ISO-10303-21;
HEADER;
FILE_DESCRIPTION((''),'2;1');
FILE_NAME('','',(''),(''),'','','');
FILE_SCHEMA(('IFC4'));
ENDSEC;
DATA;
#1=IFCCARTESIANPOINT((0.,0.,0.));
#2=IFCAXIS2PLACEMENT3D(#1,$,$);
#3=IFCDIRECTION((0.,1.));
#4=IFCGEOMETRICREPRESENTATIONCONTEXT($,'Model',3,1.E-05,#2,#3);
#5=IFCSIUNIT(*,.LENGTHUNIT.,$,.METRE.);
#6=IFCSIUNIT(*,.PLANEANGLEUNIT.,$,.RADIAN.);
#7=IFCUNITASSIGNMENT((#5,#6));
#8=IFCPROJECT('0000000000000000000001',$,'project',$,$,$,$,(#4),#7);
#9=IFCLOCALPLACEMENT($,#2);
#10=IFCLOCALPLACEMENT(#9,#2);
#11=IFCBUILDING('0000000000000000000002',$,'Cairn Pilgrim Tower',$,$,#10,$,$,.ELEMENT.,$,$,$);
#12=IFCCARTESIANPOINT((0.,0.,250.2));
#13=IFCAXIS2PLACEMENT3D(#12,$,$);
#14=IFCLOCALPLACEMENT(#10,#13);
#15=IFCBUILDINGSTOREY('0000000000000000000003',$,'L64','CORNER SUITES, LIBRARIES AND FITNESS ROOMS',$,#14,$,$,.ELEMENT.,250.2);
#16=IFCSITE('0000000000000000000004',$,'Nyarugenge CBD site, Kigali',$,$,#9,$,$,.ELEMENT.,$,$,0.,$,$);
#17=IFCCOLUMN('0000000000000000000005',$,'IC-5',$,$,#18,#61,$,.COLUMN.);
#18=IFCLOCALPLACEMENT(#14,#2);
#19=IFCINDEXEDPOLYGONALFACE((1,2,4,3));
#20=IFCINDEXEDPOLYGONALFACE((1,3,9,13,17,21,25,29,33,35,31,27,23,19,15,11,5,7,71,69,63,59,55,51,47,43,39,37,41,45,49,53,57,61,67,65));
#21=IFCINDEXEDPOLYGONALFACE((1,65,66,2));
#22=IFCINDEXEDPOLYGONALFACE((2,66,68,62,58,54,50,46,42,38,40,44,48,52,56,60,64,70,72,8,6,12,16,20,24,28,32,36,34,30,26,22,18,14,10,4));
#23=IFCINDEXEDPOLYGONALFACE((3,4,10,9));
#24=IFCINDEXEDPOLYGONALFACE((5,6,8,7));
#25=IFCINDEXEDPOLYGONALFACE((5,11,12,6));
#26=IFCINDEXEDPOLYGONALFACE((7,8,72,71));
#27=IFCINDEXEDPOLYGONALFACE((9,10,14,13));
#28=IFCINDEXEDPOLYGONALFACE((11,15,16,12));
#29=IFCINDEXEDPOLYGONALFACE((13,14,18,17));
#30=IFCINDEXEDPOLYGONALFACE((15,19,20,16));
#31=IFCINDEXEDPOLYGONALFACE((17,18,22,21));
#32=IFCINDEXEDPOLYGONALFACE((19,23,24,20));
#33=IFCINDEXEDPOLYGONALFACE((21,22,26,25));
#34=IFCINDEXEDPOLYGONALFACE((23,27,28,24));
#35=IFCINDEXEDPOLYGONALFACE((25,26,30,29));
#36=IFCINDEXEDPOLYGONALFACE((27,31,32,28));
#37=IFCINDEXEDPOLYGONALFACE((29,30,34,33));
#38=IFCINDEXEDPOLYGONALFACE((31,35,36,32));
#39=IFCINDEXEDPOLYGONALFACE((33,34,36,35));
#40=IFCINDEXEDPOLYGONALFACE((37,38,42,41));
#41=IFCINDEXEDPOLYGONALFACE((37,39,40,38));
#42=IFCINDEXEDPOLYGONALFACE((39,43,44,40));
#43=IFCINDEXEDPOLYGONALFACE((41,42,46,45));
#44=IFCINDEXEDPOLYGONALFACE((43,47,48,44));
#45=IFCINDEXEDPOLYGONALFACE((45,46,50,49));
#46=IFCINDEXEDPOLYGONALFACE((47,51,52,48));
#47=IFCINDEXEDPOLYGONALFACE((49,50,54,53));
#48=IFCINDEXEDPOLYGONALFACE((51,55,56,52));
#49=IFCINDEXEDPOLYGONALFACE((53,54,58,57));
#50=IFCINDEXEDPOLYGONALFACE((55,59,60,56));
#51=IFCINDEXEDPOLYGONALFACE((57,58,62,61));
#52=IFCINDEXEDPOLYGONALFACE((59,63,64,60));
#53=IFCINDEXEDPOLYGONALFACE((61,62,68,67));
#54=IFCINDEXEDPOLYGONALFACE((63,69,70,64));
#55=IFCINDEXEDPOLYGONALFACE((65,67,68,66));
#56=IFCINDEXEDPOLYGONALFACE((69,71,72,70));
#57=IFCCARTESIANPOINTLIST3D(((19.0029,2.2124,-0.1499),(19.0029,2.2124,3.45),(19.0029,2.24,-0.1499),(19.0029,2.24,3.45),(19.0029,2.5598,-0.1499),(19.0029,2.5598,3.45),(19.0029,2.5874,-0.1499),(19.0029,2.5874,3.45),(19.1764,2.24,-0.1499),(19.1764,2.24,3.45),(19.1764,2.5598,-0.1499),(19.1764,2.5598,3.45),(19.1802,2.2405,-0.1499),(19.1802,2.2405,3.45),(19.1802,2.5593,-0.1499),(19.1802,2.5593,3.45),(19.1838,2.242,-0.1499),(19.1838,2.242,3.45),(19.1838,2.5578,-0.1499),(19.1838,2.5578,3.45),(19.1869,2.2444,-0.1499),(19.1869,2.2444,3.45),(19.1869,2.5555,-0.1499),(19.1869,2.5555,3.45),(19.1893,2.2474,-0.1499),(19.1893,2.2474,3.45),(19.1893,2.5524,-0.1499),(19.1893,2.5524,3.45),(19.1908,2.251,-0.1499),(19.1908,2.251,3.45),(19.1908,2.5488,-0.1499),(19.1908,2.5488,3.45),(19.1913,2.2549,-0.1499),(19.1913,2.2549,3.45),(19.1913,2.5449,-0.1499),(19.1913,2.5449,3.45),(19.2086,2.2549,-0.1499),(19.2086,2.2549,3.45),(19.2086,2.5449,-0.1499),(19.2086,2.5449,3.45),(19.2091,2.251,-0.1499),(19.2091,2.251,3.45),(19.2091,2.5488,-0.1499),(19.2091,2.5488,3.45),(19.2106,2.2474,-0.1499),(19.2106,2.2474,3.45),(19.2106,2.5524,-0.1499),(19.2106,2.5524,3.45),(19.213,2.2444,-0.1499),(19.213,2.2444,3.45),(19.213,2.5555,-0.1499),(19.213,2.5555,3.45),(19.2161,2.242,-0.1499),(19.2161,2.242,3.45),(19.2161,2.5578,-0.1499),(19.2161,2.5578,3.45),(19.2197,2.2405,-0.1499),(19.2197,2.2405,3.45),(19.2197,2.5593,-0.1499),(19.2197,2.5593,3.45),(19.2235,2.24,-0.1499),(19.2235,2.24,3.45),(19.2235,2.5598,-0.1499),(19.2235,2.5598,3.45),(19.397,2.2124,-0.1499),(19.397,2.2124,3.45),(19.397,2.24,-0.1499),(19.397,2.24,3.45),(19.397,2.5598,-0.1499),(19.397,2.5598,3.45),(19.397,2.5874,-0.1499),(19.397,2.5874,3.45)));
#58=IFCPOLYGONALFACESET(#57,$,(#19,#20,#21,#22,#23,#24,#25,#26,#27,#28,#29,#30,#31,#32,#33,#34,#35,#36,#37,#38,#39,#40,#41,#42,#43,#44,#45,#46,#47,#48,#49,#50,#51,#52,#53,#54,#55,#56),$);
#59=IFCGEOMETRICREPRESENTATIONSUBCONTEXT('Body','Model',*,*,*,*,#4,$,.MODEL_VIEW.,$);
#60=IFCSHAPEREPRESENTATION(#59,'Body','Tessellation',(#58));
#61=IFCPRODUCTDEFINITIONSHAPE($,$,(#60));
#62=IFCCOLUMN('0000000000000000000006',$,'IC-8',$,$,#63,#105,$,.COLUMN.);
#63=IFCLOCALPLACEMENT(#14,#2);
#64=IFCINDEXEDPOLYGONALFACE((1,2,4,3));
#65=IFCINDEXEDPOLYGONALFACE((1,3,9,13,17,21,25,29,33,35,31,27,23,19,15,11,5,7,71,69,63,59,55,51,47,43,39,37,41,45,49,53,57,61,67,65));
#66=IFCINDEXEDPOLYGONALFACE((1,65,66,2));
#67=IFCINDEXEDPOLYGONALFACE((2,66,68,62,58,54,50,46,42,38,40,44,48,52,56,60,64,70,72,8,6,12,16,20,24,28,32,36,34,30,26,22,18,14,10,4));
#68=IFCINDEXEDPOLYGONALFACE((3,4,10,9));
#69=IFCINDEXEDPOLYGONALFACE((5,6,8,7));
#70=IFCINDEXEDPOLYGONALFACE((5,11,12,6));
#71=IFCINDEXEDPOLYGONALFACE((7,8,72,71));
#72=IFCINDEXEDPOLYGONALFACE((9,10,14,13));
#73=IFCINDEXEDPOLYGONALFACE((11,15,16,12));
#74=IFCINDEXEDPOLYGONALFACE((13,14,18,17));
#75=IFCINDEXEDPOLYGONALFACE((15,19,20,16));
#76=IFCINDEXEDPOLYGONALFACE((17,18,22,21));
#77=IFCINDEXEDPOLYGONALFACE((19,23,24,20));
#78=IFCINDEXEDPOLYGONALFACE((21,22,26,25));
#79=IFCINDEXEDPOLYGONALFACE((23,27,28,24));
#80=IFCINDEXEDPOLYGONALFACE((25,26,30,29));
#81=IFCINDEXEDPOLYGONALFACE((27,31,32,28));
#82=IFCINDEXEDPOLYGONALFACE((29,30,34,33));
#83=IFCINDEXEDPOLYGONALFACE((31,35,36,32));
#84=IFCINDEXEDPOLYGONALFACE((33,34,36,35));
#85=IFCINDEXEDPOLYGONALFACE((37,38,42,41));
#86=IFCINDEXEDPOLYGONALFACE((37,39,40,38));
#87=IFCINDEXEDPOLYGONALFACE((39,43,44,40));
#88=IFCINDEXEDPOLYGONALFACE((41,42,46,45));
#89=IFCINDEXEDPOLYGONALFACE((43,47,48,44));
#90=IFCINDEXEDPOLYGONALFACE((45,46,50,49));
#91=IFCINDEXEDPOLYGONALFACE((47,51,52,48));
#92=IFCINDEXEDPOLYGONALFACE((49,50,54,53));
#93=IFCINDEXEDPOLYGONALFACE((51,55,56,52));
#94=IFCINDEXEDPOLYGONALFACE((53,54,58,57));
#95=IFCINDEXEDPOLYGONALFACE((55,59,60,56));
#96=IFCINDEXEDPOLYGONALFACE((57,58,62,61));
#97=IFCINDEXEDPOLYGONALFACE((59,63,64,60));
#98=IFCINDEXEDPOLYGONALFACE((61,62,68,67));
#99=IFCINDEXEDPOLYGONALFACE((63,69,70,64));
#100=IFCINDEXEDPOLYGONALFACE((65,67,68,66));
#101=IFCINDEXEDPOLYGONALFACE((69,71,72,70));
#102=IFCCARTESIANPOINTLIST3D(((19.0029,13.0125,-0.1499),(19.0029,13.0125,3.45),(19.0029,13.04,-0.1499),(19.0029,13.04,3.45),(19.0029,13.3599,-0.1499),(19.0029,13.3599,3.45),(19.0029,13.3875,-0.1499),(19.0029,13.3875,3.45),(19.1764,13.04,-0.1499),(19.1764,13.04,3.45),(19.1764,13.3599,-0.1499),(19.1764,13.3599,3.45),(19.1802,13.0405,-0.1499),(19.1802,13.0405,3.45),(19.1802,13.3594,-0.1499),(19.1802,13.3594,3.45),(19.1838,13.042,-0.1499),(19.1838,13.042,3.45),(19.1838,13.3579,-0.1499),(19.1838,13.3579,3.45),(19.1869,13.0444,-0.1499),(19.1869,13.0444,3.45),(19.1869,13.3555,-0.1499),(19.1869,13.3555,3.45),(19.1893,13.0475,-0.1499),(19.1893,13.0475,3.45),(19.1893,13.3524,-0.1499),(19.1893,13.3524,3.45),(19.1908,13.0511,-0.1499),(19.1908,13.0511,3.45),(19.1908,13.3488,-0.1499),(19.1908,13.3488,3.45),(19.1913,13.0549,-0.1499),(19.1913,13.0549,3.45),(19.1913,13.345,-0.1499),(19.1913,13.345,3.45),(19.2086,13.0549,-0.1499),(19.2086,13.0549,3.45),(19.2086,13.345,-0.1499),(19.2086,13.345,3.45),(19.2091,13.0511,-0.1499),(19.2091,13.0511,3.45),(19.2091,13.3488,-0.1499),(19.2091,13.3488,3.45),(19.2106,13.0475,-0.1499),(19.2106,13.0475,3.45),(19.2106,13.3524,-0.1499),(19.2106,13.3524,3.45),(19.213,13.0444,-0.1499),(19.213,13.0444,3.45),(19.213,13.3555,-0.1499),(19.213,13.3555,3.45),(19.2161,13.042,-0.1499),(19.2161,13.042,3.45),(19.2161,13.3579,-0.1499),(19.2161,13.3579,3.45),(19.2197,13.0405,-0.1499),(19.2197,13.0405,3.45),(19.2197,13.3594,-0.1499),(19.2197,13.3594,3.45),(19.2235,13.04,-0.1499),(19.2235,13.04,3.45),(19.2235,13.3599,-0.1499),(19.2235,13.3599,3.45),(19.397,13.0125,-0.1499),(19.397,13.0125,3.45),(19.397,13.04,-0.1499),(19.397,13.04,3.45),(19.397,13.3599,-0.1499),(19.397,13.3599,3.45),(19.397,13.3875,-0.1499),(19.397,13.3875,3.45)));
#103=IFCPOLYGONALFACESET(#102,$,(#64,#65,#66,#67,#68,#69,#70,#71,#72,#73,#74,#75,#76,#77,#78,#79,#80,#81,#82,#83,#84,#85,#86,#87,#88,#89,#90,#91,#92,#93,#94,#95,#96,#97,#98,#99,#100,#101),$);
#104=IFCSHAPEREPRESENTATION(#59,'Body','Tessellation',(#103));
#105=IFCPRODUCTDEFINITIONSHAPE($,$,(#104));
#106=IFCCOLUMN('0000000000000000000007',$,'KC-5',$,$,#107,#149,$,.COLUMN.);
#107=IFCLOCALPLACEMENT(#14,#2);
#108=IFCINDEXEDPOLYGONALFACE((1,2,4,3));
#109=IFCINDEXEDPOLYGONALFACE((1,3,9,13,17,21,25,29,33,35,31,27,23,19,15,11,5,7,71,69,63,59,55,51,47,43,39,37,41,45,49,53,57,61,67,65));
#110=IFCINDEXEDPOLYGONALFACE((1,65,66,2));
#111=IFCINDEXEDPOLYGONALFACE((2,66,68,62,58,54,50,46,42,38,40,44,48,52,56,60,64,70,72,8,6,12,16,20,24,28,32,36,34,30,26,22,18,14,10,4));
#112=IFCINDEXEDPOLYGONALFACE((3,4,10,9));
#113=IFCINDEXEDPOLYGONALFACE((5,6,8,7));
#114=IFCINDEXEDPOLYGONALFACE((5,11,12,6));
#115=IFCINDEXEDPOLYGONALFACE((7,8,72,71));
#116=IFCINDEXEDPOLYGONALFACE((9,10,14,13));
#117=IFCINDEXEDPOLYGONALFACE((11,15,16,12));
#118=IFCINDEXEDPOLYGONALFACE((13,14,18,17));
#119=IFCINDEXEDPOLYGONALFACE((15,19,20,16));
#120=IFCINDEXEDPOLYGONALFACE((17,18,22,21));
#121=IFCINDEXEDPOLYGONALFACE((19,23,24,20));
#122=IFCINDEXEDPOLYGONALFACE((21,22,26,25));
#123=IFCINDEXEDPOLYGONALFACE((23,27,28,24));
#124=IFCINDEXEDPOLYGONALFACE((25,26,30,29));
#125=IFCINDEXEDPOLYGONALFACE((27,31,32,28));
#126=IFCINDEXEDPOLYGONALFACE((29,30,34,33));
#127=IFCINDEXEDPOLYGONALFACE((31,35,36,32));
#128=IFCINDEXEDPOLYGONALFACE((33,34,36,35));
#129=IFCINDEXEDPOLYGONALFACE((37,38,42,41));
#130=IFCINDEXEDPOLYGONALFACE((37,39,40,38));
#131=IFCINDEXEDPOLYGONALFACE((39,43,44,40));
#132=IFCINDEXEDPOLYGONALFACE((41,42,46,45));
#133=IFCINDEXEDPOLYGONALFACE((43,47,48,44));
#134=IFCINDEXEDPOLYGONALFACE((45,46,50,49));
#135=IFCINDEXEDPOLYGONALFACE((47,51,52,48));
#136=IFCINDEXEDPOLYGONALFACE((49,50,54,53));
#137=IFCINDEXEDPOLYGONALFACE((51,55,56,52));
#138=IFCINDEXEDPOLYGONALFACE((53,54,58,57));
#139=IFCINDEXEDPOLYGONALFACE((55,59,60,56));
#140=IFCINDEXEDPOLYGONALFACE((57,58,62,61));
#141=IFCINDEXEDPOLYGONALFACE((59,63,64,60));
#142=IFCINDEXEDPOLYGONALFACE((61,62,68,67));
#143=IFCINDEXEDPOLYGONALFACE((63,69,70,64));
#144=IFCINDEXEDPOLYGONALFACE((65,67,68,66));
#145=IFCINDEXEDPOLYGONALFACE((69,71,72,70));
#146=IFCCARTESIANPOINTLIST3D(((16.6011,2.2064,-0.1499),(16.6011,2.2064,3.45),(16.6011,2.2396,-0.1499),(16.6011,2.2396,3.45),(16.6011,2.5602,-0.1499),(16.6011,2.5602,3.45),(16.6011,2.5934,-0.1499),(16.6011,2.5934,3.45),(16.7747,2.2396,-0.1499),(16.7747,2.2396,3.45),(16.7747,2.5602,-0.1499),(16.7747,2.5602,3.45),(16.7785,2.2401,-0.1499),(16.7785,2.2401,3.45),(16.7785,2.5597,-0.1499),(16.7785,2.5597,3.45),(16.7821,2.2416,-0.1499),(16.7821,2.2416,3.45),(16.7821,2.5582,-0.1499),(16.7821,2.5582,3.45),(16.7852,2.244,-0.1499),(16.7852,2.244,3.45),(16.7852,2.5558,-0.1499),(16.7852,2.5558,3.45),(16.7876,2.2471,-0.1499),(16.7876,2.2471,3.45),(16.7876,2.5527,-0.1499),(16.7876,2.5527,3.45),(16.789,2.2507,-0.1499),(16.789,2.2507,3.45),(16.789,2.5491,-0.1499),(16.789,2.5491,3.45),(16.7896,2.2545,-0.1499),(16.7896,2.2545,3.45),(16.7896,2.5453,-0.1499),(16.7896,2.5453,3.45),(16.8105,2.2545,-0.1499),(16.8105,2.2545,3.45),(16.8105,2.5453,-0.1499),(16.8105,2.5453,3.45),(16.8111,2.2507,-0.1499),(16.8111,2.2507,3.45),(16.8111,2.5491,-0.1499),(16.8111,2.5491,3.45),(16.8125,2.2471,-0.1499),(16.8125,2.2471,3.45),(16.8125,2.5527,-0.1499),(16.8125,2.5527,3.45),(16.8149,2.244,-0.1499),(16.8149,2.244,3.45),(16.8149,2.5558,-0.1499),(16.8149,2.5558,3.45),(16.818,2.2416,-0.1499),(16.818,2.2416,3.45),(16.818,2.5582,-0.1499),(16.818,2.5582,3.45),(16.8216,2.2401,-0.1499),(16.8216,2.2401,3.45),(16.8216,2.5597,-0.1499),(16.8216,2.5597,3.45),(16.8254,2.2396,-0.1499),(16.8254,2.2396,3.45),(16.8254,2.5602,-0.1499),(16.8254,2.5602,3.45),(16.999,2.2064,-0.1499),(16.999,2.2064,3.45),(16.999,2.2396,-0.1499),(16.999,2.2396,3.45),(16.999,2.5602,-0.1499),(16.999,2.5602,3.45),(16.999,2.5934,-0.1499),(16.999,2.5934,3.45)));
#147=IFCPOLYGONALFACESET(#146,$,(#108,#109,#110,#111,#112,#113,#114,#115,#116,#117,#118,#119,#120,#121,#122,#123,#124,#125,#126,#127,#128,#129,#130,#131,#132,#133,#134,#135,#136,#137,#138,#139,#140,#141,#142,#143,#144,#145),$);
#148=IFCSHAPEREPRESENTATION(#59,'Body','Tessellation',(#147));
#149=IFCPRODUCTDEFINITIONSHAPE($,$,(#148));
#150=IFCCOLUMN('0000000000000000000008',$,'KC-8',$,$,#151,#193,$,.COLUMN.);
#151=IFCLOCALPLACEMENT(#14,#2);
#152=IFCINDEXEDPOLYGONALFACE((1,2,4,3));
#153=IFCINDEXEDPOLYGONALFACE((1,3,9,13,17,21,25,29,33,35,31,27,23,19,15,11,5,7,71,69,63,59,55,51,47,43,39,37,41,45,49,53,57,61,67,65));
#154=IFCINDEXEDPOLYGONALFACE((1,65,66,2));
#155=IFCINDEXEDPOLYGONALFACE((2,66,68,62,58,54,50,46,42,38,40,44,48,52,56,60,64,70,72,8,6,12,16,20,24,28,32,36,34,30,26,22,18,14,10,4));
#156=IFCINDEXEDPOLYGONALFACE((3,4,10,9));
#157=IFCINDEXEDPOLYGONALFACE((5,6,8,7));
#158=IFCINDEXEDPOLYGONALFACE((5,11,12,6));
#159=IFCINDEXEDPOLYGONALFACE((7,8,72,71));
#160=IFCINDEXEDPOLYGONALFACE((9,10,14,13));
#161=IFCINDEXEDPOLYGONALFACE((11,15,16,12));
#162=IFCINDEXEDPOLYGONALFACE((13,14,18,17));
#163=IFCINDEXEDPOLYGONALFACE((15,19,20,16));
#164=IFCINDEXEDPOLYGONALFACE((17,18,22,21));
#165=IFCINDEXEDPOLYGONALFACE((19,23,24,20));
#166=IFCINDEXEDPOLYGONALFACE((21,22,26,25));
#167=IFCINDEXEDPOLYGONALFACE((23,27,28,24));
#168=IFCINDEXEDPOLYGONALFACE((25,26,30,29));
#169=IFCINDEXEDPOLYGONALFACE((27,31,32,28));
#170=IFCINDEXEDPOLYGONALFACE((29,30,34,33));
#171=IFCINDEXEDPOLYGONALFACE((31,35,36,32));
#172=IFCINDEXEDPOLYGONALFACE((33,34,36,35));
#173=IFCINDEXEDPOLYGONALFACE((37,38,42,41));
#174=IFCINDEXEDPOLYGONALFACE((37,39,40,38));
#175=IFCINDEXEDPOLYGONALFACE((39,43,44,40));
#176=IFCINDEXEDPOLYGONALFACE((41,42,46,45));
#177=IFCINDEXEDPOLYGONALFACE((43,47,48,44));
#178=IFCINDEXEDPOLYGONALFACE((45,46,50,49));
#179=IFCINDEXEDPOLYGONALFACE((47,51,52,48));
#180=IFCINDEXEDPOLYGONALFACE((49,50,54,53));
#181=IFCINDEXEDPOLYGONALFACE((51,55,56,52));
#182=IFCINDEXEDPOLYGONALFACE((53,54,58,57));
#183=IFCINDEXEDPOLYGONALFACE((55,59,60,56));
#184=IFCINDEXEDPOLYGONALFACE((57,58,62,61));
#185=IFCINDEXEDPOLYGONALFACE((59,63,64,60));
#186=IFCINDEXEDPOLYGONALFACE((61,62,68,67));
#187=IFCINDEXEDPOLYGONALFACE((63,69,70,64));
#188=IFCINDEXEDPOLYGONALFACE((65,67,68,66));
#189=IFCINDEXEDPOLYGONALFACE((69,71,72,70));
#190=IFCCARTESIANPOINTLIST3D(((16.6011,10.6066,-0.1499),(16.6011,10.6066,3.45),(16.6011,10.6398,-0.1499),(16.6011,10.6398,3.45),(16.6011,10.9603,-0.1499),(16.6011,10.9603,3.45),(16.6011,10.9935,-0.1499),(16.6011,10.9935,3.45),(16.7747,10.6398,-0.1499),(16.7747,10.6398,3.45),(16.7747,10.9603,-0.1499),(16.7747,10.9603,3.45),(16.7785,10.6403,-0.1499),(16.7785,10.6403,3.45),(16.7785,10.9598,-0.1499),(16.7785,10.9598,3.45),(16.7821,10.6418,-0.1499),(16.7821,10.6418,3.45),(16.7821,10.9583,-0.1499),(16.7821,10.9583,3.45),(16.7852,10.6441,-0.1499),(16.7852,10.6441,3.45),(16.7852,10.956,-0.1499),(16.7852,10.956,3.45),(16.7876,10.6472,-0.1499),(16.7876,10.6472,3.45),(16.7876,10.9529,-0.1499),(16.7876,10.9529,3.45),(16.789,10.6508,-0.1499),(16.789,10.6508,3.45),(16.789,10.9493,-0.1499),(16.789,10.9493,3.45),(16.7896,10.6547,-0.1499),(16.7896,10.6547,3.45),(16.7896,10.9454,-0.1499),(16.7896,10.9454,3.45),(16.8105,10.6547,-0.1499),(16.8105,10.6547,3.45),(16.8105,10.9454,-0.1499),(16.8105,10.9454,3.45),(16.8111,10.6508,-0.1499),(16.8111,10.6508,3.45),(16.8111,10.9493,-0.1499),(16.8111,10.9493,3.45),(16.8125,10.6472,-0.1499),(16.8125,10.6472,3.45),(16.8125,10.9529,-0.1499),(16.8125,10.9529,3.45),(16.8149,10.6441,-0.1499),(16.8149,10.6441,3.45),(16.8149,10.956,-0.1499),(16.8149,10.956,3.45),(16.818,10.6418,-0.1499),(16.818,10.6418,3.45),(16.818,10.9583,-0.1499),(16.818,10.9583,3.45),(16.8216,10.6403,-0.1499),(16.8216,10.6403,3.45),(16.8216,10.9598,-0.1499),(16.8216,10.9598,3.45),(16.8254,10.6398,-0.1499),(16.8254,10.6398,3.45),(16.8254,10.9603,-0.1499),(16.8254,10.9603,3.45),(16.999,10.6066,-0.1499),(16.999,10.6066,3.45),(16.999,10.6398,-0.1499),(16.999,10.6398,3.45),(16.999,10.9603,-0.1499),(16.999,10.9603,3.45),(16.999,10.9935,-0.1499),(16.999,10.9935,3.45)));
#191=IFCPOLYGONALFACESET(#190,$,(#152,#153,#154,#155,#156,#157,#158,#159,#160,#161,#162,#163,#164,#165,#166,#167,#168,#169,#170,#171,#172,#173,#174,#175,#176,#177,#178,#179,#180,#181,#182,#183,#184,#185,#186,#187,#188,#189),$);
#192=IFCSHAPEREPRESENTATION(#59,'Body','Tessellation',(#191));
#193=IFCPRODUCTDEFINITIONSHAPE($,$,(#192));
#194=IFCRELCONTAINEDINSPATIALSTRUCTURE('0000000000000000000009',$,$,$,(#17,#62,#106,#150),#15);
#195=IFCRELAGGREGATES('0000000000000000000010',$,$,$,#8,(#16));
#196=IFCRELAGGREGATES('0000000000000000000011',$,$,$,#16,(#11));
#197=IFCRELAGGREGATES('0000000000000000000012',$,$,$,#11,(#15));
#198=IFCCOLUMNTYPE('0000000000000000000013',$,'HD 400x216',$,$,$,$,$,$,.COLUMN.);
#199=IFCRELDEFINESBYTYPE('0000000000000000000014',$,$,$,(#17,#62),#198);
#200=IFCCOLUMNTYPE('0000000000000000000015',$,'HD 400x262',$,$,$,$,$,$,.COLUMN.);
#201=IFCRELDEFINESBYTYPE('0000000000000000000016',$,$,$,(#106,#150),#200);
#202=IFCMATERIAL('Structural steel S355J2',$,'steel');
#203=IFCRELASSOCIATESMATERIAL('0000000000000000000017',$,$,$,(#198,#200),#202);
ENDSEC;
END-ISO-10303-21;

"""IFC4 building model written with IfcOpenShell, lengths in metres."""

from ifc_helpers import new_model, si_unit, direction, frame, origin, origin_2d, place, context, subcontext, project, spatial, i_section, extrude, material, material_profile, profile_set, type_object, element, save


model = new_model("IFC4")

# Units and contexts
model_context = context("Model", 3, precision=1e-05, world=origin(), true_north=direction((0.0, 1.0)))
body_context = subcontext(model_context, "Body", "Model", "MODEL_VIEW")
ifc_project = project(units=[si_unit("LENGTHUNIT", "METRE"), si_unit("PLANEANGLEUNIT", "RADIAN")], contexts=[model_context])

# Site, building, storey
site_placement = place(None, origin())
site = spatial("IfcSite", under=ifc_project, at=site_placement, Name="Nyarugenge CBD site, Kigali", CompositionType="ELEMENT", RefElevation=0.0)
building_placement = place(site_placement, origin())
building = spatial("IfcBuilding", under=site, at=building_placement, Name="Cairn Pilgrim Tower", CompositionType="ELEMENT")
storey_placement = place(building_placement, frame((0.0, 0.0, 250.2)))
storey = spatial("IfcBuildingStorey", under=building, at=storey_placement, Name="L64", Description="CORNER SUITES, LIBRARIES AND FITNESS ROOMS", CompositionType="ELEMENT", Elevation=250.2)

# Columns
ifc_material_1 = material(Name="Structural steel S355J2", Category="steel")
ifc_material_profile_1 = material_profile(ifc_material_1, i_section(OverallWidth=0.394, OverallDepth=0.375, WebThickness=0.0173, FlangeThickness=0.0276, FilletRadius=0.0149, at=origin_2d()), Name="HD 400x216")
ifc_profile_set_1 = profile_set([ifc_material_profile_1], Name="Structural steel S355J2")
column_type_1 = type_object("IfcColumnType", Name="HD 400x216", PredefinedType="COLUMN", material=ifc_profile_set_1)
for number, where, z_axis, x_axis, name in (
    (1, (19.2, 2.3999, -0.1499), (0.0, 0.0, 1.0), (1.0, 0.0, 0.0), "IC-5"),
    (2, (19.2, 13.2, -0.1499), (0.0, 0.0, 1.0), (1.0, 0.0, 0.0), "IC-8"),
):
    element("IfcColumn", number, at=place(storey_placement, frame(where, z_axis=z_axis, x_axis=x_axis)), inside=storey, type_object=column_type_1, Name=name, PredefinedType="COLUMN", context=body_context, shape_type="SweptSolid", body=[
        extrude(i_section(OverallWidth=0.394, OverallDepth=0.375, WebThickness=0.0173, FlangeThickness=0.0276, FilletRadius=0.0149, at=origin_2d()), origin(), (0.0, 0.0, 1.0), 3.5999),
    ])
ifc_material_profile_2 = material_profile(ifc_material_1, i_section(OverallWidth=0.3979, OverallDepth=0.387, WebThickness=0.021, FlangeThickness=0.0332, FilletRadius=0.0149, at=origin_2d()), Name="HD 400x262")
ifc_profile_set_2 = profile_set([ifc_material_profile_2], Name="Structural steel S355J2")
column_type_2 = type_object("IfcColumnType", Name="HD 400x262", PredefinedType="COLUMN", material=ifc_profile_set_2)
for number, where, z_axis, x_axis, name in (
    (3, (16.8, 2.3999, -0.1499), (0.0, 0.0, 1.0), (1.0, 0.0, 0.0), "KC-5"),
    (4, (16.8, 10.8, -0.1499), (0.0, 0.0, 1.0), (1.0, 0.0, 0.0), "KC-8"),
):
    element("IfcColumn", number, at=place(storey_placement, frame(where, z_axis=z_axis, x_axis=x_axis)), inside=storey, type_object=column_type_2, Name=name, PredefinedType="COLUMN", context=body_context, shape_type="SweptSolid", body=[
        extrude(i_section(OverallWidth=0.3979, OverallDepth=0.387, WebThickness=0.021, FlangeThickness=0.0332, FilletRadius=0.0149, at=origin_2d()), origin(), (0.0, 0.0, 1.0), 3.5999),
    ])

save(model, "model.ifc")
